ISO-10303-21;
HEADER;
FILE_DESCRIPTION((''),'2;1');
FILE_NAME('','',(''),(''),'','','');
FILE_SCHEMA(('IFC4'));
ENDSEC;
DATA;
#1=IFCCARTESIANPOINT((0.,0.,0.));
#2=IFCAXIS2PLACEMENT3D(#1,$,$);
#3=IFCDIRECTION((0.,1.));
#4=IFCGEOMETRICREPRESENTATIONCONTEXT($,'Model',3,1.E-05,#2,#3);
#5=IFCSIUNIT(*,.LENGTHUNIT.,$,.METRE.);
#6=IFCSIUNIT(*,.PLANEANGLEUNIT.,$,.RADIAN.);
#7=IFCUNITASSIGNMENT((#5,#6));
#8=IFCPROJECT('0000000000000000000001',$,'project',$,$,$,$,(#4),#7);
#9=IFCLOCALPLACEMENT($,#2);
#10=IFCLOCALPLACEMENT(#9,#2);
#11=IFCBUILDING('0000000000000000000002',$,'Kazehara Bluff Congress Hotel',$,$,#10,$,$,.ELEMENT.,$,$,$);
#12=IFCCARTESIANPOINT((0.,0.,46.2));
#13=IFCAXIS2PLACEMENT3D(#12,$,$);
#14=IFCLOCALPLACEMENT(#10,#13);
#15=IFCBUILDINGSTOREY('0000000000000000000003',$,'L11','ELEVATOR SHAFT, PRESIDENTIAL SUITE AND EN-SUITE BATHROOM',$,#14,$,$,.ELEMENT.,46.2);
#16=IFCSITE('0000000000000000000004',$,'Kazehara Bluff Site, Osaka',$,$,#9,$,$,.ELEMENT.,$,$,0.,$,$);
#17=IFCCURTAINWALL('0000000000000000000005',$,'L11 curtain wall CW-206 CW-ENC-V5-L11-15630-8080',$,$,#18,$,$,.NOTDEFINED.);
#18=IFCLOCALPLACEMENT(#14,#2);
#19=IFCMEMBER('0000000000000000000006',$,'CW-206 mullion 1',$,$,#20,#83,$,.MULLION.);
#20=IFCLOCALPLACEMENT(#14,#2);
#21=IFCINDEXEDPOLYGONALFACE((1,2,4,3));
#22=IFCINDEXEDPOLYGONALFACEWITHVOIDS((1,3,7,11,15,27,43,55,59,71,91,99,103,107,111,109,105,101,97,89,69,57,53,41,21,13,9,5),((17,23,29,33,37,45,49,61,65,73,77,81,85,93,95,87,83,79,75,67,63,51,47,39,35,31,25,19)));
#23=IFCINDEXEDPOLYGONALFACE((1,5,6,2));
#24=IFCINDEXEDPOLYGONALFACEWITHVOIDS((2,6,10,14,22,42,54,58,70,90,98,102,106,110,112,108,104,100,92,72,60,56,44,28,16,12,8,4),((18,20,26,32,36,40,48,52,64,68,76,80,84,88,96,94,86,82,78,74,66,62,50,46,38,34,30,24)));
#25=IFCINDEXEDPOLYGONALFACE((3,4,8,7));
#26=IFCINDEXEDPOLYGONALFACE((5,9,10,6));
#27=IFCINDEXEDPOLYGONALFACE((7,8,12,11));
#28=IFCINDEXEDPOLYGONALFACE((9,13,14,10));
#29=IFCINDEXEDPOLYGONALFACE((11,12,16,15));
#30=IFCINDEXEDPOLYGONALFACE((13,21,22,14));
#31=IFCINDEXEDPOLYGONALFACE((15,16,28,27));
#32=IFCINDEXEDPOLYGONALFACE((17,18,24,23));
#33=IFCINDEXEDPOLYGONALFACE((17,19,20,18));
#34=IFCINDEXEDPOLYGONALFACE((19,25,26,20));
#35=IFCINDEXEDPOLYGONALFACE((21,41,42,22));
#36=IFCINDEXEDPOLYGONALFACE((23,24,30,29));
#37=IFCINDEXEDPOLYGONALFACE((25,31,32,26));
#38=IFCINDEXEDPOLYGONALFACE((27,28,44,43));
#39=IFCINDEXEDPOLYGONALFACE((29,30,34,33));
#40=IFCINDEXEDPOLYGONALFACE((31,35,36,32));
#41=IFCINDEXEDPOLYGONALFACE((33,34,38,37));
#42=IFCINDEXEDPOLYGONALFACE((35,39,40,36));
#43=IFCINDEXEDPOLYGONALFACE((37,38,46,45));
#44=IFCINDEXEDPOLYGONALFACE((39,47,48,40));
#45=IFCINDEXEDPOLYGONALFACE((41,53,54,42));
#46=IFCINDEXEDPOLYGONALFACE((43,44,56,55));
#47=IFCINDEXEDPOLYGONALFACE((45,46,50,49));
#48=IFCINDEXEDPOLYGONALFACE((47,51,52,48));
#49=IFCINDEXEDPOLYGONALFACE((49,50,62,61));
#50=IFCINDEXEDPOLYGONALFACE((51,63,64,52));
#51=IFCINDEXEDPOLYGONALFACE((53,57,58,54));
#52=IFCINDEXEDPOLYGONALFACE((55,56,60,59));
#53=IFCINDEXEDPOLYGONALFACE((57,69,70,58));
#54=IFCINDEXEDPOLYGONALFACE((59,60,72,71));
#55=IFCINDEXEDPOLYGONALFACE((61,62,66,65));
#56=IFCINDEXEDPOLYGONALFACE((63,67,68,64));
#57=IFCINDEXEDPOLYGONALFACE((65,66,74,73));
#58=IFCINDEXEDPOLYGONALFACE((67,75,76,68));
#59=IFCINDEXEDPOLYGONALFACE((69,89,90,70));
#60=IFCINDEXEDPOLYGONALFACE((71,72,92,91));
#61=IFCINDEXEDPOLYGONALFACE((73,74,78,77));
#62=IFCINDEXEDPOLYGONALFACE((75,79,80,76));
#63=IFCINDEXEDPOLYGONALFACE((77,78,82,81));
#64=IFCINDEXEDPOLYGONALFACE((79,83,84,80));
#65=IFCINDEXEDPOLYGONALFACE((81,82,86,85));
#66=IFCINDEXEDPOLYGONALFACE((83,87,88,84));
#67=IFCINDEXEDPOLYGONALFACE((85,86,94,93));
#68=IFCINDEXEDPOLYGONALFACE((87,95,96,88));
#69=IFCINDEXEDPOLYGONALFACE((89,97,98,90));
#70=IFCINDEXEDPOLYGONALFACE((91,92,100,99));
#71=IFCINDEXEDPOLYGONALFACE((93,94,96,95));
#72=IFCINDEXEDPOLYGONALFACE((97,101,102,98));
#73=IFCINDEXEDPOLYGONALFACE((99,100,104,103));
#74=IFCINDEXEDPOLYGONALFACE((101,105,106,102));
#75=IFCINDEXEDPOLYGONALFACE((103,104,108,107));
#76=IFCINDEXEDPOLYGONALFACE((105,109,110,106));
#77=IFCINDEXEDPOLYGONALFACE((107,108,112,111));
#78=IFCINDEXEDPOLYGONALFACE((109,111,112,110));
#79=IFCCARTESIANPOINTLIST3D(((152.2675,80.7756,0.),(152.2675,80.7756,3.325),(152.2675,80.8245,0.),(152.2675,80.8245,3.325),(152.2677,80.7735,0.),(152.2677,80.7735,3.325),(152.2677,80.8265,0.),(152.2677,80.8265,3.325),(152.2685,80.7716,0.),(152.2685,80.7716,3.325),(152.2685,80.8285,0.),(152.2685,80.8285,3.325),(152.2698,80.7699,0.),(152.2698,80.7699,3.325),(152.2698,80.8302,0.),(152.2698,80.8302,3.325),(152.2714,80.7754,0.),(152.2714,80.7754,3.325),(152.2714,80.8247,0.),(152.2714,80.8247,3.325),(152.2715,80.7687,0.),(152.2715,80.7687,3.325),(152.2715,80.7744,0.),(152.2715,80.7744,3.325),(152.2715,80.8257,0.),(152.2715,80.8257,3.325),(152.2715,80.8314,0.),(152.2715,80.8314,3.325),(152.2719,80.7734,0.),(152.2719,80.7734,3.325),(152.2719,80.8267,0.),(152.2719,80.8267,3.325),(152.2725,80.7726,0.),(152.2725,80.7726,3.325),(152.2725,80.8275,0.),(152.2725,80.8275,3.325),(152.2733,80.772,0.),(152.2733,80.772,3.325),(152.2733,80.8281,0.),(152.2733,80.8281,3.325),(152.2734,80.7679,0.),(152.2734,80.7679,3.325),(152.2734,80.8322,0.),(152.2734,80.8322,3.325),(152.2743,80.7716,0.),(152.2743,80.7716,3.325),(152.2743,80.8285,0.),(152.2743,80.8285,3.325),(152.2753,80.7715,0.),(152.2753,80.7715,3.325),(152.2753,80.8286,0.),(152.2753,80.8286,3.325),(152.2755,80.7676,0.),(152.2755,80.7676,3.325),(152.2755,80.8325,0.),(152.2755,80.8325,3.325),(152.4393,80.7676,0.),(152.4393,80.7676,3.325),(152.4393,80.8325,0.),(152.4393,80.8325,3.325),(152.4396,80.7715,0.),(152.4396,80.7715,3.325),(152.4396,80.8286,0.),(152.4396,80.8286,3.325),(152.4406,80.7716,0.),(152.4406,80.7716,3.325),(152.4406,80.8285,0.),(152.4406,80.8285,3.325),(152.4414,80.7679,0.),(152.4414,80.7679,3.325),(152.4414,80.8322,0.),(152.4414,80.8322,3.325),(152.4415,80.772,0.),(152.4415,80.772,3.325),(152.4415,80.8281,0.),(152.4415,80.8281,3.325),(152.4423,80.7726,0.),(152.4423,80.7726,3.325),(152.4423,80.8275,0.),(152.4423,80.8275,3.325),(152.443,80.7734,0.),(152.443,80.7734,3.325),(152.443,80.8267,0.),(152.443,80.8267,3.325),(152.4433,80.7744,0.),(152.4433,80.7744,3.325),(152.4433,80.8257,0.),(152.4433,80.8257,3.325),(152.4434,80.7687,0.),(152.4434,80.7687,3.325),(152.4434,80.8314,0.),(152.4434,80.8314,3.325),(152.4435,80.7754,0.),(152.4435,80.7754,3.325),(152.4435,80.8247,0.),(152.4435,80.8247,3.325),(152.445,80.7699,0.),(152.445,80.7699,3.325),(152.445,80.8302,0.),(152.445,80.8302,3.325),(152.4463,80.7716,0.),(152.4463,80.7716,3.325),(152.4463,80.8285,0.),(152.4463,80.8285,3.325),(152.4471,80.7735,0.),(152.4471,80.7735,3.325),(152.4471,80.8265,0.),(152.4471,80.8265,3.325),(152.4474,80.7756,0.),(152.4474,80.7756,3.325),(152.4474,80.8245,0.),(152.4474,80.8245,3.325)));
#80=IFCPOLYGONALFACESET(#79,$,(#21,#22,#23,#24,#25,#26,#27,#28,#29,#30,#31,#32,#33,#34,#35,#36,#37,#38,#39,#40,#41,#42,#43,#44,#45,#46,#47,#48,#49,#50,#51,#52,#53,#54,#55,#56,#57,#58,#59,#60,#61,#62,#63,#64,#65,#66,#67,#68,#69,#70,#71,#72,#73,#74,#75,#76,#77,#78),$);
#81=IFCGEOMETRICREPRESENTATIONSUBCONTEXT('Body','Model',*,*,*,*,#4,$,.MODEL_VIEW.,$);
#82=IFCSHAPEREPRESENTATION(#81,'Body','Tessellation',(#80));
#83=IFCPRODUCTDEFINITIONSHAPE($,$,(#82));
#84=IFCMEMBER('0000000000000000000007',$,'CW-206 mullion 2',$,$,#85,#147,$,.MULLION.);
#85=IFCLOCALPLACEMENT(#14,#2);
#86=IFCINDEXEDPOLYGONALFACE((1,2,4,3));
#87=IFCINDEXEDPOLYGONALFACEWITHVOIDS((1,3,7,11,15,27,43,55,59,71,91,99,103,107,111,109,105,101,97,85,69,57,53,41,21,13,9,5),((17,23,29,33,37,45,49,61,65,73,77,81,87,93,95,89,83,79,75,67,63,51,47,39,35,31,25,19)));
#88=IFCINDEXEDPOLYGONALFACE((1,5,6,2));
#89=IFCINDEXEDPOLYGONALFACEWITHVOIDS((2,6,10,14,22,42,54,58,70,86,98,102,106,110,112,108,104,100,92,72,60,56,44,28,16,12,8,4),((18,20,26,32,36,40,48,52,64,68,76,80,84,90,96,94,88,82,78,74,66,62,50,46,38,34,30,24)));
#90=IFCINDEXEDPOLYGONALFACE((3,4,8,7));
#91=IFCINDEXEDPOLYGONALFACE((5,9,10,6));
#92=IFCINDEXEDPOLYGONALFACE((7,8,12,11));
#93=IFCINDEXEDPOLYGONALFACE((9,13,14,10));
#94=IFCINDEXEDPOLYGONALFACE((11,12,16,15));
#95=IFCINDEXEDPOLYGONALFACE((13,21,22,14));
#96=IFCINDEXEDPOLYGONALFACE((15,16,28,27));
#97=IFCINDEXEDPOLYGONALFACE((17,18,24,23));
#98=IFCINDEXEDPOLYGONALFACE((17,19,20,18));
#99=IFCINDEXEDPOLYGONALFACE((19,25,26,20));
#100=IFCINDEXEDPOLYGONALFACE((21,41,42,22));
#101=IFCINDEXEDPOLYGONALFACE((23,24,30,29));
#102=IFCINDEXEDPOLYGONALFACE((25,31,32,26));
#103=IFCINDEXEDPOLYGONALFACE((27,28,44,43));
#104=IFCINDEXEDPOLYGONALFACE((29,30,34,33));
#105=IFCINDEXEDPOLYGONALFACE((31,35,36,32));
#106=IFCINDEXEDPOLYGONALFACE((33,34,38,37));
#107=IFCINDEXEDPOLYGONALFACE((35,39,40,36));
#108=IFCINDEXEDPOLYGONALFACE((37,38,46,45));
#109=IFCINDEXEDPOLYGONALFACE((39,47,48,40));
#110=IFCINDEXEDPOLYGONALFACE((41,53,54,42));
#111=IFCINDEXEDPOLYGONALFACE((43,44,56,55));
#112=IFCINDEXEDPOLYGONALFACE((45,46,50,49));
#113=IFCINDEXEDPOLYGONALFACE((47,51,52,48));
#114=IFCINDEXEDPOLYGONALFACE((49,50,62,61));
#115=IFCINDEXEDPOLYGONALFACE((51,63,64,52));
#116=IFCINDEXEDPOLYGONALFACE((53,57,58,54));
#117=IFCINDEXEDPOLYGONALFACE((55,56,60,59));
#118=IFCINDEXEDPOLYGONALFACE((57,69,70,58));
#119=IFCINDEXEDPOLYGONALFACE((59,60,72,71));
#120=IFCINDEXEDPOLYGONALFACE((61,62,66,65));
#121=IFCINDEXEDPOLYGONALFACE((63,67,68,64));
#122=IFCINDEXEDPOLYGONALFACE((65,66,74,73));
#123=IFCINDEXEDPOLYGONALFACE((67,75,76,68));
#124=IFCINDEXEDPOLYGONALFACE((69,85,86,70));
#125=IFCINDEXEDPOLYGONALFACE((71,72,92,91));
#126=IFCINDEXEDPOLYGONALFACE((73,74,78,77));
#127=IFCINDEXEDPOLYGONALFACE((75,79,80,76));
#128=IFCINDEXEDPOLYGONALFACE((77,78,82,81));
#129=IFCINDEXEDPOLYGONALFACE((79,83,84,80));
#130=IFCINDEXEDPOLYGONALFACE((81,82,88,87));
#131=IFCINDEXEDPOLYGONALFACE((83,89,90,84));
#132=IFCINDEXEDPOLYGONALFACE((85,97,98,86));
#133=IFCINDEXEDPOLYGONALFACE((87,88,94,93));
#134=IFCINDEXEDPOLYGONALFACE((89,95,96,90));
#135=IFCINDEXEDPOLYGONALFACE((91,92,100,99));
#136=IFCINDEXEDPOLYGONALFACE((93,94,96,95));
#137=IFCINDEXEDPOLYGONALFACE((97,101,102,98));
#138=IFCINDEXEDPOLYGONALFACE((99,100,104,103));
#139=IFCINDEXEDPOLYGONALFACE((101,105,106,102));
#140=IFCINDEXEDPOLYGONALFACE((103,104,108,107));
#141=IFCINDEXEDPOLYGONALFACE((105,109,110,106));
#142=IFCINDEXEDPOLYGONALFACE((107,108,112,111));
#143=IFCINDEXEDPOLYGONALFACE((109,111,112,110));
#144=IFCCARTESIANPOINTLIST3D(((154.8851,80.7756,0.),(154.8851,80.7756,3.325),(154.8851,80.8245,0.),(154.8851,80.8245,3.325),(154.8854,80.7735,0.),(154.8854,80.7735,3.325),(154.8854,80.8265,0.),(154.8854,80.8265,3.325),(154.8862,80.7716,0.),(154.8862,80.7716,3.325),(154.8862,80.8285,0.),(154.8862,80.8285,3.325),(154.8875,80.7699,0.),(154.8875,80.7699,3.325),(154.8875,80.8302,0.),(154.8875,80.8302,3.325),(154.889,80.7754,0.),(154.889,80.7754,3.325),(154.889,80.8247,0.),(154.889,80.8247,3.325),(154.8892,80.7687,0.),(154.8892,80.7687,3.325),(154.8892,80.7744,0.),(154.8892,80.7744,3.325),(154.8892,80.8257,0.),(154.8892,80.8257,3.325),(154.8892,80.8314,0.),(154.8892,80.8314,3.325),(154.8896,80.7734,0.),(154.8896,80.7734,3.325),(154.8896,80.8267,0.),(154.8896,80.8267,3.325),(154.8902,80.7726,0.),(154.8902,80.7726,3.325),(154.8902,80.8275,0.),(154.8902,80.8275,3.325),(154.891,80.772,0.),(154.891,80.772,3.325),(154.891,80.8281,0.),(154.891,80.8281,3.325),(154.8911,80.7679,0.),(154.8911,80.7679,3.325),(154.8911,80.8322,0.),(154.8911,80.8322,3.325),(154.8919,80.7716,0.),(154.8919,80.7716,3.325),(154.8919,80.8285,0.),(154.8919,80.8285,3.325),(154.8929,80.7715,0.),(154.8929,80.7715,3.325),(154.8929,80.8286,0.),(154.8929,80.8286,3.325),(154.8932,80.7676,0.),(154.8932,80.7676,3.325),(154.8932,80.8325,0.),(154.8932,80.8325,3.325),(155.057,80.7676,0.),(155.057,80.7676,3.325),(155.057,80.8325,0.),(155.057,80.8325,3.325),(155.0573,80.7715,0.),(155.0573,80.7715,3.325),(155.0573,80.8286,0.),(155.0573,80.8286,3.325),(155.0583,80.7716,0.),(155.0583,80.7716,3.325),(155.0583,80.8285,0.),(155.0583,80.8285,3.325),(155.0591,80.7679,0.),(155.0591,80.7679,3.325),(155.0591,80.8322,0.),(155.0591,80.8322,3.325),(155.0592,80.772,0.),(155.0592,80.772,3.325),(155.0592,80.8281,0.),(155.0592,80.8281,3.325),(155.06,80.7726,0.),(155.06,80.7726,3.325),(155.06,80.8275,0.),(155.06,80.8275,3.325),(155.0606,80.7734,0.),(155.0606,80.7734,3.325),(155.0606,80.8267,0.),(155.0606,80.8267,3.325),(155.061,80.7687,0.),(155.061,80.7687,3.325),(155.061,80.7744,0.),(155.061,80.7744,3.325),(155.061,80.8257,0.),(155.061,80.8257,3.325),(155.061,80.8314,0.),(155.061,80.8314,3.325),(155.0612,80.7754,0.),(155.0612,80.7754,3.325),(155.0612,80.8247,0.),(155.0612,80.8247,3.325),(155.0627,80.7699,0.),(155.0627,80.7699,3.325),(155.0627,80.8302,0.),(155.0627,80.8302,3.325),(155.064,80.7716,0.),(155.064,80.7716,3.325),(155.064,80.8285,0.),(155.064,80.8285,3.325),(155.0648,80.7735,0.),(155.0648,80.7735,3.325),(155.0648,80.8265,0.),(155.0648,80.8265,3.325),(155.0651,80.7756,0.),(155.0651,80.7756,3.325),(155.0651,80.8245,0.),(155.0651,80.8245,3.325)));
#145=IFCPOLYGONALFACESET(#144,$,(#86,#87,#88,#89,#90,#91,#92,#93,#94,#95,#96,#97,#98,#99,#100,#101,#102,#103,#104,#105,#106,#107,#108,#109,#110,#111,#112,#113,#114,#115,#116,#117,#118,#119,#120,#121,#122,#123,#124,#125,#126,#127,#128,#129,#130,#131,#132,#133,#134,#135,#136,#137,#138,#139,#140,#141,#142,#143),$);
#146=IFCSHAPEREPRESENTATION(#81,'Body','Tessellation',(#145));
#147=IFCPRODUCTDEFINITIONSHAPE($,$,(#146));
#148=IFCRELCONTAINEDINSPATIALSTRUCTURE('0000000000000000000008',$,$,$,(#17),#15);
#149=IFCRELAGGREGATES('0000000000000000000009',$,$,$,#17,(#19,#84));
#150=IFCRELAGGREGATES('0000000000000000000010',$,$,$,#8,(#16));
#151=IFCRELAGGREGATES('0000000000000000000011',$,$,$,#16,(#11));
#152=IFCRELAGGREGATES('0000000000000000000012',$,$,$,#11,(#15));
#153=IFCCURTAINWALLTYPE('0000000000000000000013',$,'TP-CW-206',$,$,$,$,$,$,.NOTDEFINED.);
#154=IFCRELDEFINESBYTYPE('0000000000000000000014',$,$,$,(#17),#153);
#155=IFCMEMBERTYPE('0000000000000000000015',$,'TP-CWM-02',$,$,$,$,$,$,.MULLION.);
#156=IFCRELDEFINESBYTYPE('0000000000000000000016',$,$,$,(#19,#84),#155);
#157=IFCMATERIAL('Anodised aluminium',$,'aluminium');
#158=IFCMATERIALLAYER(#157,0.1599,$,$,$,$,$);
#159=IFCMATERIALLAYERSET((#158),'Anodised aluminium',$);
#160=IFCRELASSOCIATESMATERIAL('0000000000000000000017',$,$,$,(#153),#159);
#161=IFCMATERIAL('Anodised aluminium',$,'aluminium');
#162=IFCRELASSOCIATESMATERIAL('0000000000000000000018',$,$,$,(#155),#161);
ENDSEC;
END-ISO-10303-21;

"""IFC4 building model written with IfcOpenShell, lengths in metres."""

from ifc_helpers import new_model, si_unit, direction, frame, origin, origin_2d, place, context, subcontext, project, spatial, hollow_rectangle, extrude, material, layer, layer_set, material_profile, profile_set, type_object, element, aggregate, save


model = new_model("IFC4")

# Units and contexts
model_context = context("Model", 3, precision=1e-05, world=origin(), true_north=direction((0.0, 1.0)))
body_context = subcontext(model_context, "Body", "Model", "MODEL_VIEW")
ifc_project = project(units=[si_unit("LENGTHUNIT", "METRE"), si_unit("PLANEANGLEUNIT", "RADIAN")], contexts=[model_context])

# Site, building, storey
site_placement = place(None, origin())
site = spatial("IfcSite", under=ifc_project, at=site_placement, Name="Kazehara Bluff Site, Osaka", CompositionType="ELEMENT", RefElevation=0.0)
building_placement = place(site_placement, origin())
building = spatial("IfcBuilding", under=site, at=building_placement, Name="Kazehara Bluff Congress Hotel", CompositionType="ELEMENT")
storey_placement = place(building_placement, frame((0.0, 0.0, 46.2)))
storey = spatial("IfcBuildingStorey", under=building, at=storey_placement, Name="L11", Description="ELEVATOR SHAFT, PRESIDENTIAL SUITE AND EN-SUITE BATHROOM", CompositionType="ELEMENT", Elevation=46.2)

# Shared definitions
ifc_material_1 = material(Name="Anodised aluminium", Category="aluminium")
ifc_layer_1 = layer(ifc_material_1, 0.1599)
ifc_layer_set_1 = layer_set([ifc_layer_1], Name="Anodised aluminium")
curtain_wall_type = type_object("IfcCurtainWallType", Name="TP-CW-206", PredefinedType="NOTDEFINED", material=ifc_layer_set_1)
ifc_material_2 = material(Name="Anodised aluminium", Category="aluminium")
ifc_material_profile_1 = material_profile(ifc_material_2, hollow_rectangle(XDim=0.0649, YDim=0.1799, WallThickness=0.0039, InnerFilletRadius=0.0039, OuterFilletRadius=0.0081, at=origin_2d()))
ifc_profile_set_1 = profile_set([ifc_material_profile_1], Name="Anodised aluminium")
member_type_1 = type_object("IfcMemberType", Name="TP-CWM-02", PredefinedType="MULLION", material=ifc_profile_set_1)

# Curtain wall, members
curtain_wall_1_placement = place(storey_placement, origin())
curtain_wall_1 = element("IfcCurtainWall", 1, at=curtain_wall_1_placement, inside=storey, type_object=curtain_wall_type, Name="L11 curtain wall CW-206 CW-ENC-V5-L11-15630-8080", PredefinedType="NOTDEFINED")
member_1_placement = place(storey_placement, frame((152.3574, 80.8, 0.0), z_axis=(0.0, 0.0, 1.0), x_axis=(0.0, 1.0, 0.0)))
member_1 = element("IfcMember", 2, at=member_1_placement, type_object=member_type_1, Name="CW-206 mullion 1", PredefinedType="MULLION", context=body_context, shape_type="SweptSolid", body=[
    extrude(hollow_rectangle(XDim=0.0649, YDim=0.1799, WallThickness=0.0039, InnerFilletRadius=0.0039, OuterFilletRadius=0.0081, at=origin_2d()), origin(), (0.0, 0.0, 1.0), 3.325),
])
member_2_placement = place(storey_placement, frame((154.9751, 80.8, 0.0), z_axis=(0.0, 0.0, 1.0), x_axis=(0.0, 1.0, 0.0)))
member_2 = element("IfcMember", 3, at=member_2_placement, type_object=member_type_1, Name="CW-206 mullion 2", PredefinedType="MULLION", context=body_context, shape_type="SweptSolid", body=[
    extrude(hollow_rectangle(XDim=0.0649, YDim=0.1799, WallThickness=0.0039, InnerFilletRadius=0.0039, OuterFilletRadius=0.0081, at=origin_2d()), origin(), (0.0, 0.0, 1.0), 3.325),
])

aggregate(curtain_wall_1, [member_1, member_2])

save(model, "model.ifc")
